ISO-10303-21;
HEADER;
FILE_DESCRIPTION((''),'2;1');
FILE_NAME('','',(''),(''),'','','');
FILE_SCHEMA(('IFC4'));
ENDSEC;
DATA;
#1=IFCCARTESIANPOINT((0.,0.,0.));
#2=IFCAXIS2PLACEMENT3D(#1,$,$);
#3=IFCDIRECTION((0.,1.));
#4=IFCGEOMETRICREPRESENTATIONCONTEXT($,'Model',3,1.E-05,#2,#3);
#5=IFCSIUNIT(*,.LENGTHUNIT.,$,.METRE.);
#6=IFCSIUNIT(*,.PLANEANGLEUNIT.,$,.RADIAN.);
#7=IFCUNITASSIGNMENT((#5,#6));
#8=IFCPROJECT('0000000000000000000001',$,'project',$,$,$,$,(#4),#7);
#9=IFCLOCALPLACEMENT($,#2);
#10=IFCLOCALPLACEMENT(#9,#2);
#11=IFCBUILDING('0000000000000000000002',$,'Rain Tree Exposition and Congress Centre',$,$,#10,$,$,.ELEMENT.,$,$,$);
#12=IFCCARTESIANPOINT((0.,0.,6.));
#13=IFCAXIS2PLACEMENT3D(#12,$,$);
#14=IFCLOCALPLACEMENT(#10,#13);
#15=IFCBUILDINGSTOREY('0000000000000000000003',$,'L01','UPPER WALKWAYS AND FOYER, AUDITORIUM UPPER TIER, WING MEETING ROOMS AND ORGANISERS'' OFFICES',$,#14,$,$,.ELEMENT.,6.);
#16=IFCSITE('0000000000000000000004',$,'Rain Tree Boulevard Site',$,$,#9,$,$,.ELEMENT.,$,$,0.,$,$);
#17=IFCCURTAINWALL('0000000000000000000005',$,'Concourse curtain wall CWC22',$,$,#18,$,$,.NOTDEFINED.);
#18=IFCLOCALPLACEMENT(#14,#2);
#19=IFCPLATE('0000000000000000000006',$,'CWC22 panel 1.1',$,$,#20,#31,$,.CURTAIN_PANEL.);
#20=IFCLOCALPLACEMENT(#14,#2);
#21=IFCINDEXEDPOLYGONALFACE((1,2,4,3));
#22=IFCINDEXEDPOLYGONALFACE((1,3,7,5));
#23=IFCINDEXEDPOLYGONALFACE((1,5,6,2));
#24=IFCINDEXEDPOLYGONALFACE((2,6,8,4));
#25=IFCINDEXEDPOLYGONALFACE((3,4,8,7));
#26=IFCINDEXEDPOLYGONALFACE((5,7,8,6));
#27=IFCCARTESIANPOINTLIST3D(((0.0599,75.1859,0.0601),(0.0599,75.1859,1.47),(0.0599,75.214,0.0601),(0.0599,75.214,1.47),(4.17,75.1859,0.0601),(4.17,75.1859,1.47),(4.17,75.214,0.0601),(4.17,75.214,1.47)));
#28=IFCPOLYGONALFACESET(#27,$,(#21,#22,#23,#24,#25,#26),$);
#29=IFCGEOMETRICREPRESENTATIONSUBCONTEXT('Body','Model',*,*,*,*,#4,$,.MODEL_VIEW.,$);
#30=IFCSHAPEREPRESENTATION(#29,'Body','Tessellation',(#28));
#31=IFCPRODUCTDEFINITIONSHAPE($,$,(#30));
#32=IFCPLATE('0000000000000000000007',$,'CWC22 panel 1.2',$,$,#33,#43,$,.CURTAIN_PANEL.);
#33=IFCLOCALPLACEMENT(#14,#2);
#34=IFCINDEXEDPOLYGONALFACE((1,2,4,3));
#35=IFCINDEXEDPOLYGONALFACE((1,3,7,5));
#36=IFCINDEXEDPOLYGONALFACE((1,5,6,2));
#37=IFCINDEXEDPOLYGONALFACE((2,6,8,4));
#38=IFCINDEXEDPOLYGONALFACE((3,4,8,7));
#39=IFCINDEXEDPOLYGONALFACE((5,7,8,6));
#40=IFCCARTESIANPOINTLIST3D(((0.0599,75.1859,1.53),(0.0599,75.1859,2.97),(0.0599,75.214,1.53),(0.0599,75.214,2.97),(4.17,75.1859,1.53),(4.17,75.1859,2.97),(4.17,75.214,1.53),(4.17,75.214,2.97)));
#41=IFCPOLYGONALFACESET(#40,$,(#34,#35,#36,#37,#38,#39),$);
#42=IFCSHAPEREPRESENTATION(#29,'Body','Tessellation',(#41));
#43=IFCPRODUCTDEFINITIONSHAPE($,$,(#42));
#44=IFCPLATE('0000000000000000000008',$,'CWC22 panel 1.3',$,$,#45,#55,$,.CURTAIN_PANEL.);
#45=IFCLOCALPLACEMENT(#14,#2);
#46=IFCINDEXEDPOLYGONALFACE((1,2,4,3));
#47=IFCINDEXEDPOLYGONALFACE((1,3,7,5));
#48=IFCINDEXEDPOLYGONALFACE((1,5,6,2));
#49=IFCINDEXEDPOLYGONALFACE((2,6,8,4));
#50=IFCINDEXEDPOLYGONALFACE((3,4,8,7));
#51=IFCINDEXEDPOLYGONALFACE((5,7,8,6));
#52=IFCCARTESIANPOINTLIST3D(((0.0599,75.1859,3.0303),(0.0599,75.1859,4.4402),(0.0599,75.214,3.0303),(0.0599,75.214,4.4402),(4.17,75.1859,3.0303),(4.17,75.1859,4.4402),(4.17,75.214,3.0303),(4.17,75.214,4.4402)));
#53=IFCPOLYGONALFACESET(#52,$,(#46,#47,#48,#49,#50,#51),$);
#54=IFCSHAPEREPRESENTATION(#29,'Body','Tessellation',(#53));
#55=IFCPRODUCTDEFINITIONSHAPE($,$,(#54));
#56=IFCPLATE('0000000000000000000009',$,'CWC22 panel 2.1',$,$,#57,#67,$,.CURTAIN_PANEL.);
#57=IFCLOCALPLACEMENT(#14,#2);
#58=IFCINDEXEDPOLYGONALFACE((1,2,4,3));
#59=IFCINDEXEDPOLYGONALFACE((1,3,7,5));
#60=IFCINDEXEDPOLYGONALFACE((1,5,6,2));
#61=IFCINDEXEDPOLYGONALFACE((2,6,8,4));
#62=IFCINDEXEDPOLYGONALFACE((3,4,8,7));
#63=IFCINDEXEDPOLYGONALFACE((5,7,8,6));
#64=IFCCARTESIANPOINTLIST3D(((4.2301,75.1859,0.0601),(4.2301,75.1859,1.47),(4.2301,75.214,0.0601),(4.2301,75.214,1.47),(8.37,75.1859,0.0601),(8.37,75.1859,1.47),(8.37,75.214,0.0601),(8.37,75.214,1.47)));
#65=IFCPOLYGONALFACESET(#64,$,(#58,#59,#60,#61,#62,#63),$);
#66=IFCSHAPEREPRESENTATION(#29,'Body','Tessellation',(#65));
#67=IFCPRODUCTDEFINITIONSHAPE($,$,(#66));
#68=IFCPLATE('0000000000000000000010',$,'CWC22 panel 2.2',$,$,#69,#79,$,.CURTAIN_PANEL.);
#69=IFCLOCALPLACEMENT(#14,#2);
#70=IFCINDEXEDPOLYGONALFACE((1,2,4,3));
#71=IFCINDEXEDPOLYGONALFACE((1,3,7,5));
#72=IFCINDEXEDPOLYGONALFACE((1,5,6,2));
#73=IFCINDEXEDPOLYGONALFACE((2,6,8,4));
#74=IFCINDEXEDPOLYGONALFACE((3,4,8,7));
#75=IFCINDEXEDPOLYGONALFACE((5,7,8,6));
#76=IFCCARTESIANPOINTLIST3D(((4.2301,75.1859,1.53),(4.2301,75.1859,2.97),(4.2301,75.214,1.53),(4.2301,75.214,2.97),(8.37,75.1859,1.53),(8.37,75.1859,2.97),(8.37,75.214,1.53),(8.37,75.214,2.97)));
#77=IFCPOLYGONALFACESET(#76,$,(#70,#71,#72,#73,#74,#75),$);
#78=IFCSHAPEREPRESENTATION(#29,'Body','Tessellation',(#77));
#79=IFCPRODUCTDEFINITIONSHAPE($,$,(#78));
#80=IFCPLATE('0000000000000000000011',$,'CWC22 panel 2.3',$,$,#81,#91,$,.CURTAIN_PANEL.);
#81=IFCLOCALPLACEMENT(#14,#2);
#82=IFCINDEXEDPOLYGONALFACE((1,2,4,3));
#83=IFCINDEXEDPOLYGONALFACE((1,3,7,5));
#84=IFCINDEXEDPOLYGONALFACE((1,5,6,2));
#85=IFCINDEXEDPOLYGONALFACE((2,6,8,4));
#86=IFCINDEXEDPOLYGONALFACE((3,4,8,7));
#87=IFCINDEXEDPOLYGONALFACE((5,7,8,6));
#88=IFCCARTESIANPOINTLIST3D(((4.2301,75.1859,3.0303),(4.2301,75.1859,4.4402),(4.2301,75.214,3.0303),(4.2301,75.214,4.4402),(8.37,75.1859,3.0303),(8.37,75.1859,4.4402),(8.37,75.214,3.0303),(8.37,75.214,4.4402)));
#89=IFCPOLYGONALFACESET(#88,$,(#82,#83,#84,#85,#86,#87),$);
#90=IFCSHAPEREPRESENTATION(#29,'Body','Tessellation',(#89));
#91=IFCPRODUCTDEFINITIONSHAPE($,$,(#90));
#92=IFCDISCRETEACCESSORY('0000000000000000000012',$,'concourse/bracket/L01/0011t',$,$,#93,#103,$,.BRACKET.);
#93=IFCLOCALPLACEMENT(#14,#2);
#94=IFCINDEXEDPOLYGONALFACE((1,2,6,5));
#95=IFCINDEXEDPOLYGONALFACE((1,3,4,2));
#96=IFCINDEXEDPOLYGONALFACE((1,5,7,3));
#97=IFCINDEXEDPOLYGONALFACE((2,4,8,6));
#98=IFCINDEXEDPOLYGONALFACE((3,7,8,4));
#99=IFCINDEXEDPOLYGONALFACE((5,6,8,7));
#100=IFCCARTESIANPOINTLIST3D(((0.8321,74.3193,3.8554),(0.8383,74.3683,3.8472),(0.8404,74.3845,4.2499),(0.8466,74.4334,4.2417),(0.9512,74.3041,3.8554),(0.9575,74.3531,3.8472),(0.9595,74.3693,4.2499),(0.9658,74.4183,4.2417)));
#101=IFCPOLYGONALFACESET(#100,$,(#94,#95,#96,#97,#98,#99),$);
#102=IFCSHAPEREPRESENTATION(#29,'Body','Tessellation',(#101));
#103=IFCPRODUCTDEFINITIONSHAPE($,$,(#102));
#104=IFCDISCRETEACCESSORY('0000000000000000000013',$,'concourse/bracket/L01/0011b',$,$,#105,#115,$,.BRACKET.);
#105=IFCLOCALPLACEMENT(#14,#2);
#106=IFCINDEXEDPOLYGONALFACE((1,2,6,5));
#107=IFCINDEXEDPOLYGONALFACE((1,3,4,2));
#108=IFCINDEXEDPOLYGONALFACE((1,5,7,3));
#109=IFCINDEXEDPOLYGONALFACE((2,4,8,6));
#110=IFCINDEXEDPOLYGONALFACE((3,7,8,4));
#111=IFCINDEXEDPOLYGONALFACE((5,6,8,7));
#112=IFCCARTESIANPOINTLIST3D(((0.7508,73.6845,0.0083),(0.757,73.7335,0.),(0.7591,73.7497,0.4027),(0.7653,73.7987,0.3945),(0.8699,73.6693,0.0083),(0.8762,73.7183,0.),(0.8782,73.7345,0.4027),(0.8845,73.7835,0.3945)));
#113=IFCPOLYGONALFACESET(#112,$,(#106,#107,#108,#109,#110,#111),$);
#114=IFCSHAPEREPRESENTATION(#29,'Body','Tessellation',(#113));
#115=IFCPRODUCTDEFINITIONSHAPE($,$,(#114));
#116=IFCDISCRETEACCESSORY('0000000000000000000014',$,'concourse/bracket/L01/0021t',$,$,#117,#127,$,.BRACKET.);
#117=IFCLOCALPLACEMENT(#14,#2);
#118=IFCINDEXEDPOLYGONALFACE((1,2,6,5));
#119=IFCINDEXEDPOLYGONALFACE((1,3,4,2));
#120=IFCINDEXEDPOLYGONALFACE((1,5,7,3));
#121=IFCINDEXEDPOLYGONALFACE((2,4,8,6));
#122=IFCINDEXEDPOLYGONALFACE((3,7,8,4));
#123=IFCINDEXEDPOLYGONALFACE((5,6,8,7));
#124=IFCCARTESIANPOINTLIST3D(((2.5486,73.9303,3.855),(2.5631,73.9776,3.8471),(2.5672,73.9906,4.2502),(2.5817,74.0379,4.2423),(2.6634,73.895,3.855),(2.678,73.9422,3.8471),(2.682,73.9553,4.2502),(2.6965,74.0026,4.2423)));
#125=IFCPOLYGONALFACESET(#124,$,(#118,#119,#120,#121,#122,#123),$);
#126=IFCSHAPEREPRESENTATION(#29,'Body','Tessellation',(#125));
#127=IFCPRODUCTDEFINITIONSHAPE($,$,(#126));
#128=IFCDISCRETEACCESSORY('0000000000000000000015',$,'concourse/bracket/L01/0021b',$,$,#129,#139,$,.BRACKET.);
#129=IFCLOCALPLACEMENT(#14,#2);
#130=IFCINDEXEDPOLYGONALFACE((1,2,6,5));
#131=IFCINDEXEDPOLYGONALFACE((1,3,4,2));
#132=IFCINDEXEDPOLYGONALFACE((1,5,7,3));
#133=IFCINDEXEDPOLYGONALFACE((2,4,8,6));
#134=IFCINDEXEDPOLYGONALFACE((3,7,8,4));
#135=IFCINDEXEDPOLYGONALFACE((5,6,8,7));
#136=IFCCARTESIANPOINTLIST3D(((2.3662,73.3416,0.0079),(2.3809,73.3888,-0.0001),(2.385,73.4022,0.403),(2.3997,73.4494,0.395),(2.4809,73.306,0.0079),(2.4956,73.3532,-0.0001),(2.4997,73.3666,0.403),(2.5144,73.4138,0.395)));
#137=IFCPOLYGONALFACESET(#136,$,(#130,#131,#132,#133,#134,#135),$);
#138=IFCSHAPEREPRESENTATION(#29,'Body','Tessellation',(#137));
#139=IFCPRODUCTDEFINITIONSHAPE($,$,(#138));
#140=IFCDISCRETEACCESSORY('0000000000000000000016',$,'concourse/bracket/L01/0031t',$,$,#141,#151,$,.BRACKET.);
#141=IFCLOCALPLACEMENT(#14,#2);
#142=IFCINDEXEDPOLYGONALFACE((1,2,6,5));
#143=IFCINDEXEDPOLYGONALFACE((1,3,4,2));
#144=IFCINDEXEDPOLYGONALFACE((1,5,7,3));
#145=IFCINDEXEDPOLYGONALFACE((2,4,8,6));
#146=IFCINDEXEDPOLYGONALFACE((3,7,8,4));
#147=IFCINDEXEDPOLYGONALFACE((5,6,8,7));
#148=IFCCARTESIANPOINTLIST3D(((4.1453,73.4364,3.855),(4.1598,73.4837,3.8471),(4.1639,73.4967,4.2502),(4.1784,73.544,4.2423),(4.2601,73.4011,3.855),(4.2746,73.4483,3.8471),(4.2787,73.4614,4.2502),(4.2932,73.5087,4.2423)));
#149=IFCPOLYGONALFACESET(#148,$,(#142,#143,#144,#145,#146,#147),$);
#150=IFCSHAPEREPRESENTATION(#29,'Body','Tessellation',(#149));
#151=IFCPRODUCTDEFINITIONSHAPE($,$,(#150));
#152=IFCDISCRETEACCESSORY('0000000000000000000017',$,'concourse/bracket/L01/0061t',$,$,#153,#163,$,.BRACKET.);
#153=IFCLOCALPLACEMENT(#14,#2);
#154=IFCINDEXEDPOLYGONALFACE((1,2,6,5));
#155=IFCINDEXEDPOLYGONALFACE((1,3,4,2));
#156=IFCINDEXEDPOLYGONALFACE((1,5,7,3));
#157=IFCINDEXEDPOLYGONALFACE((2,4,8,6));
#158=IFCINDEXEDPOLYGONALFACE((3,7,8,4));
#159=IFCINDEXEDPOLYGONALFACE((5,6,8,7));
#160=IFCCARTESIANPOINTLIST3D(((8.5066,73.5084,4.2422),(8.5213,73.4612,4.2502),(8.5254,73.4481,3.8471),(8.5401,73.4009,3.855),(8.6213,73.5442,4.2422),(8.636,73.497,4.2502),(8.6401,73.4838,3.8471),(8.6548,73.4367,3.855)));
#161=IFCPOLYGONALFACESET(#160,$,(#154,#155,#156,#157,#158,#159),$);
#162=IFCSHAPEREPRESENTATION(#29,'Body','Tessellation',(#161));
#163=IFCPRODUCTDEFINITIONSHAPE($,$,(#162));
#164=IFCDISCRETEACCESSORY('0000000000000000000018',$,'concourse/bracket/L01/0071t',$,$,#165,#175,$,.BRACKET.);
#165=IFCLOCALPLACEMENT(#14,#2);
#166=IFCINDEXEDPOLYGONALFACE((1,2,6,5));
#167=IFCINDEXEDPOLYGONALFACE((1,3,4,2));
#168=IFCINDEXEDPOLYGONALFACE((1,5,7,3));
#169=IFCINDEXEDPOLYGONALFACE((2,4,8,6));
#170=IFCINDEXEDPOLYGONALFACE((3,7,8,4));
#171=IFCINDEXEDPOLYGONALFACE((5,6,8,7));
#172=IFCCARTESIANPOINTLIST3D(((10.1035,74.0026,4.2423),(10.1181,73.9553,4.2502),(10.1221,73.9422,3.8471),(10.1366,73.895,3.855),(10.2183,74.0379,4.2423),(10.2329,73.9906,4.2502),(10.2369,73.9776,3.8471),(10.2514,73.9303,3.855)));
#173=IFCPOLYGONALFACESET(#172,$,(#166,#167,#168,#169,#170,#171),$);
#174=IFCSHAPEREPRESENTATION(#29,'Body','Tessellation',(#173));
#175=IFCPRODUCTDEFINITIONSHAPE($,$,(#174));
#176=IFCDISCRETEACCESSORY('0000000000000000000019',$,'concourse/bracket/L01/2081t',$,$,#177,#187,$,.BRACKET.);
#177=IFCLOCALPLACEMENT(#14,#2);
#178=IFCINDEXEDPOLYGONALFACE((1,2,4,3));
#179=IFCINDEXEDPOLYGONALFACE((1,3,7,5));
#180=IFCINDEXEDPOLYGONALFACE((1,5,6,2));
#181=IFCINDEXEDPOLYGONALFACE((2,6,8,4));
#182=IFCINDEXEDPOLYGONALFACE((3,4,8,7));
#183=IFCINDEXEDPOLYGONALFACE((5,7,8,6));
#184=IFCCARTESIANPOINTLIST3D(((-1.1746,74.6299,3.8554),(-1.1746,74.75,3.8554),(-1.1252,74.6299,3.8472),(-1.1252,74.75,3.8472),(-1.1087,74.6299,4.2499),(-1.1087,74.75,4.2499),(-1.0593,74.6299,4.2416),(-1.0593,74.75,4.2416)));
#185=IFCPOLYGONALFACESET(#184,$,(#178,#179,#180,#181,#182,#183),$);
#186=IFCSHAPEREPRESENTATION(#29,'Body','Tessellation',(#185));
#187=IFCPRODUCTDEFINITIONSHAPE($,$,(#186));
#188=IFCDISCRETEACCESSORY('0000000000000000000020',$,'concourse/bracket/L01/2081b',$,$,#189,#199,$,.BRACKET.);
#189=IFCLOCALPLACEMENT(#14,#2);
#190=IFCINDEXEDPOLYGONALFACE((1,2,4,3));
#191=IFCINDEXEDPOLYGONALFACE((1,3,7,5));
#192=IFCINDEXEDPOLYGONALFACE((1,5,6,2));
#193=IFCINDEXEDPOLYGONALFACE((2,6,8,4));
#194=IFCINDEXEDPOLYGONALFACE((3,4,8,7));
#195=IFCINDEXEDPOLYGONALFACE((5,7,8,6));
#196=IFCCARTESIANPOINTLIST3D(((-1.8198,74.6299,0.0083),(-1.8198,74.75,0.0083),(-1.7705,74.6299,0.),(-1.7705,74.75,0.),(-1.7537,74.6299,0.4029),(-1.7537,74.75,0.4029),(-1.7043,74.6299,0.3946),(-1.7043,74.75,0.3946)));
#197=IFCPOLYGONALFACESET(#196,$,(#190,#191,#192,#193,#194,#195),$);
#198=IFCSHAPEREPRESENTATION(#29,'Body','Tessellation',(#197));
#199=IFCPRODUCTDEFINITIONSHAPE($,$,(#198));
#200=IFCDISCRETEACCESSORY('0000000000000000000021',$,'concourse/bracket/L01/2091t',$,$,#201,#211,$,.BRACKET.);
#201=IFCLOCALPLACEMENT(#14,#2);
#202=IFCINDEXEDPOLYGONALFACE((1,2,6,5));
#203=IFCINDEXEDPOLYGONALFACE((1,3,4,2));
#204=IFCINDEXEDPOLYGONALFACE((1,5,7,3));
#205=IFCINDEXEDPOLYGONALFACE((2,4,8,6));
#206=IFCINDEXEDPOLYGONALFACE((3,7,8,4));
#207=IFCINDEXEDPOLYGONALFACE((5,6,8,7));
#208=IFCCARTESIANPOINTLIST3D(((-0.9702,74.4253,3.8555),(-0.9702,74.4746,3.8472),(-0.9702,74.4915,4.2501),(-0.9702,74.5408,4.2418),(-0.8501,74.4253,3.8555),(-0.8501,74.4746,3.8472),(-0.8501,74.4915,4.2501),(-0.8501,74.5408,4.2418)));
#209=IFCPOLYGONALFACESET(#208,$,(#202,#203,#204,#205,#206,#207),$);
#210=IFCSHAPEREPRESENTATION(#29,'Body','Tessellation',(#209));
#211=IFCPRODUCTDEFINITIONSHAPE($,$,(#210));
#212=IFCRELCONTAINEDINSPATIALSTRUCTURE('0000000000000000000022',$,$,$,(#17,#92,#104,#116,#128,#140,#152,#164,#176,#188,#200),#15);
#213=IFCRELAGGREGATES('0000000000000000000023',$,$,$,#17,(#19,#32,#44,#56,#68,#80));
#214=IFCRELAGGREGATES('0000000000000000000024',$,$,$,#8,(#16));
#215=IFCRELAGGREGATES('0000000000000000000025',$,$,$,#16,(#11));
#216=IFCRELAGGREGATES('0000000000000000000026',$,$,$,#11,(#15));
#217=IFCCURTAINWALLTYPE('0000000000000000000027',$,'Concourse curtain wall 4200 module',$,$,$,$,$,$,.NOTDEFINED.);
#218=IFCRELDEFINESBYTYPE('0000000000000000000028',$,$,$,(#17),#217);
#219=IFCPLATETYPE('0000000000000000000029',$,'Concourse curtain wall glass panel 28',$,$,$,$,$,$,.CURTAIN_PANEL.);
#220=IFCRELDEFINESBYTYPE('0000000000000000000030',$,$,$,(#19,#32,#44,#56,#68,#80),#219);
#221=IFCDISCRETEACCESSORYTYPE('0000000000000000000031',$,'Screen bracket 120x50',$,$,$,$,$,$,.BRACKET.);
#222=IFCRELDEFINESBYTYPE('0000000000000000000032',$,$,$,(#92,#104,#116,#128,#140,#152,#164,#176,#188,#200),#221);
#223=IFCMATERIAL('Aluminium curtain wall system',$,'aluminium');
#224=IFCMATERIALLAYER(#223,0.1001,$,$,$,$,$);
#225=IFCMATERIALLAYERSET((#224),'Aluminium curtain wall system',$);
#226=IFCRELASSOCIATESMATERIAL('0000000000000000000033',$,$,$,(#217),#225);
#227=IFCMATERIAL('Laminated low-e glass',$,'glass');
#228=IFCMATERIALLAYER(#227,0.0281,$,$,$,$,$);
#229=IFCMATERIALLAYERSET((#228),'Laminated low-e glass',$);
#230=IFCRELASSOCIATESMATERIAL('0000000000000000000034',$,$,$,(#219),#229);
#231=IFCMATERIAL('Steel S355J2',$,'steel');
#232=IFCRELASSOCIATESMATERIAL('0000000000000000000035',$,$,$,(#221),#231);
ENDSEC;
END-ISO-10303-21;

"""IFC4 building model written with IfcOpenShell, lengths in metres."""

from ifc_helpers import new_model, si_unit, direction, frame, origin, origin_2d, place, context, subcontext, project, spatial, rectangle, extrude, material, layer, layer_set, material_profile, profile_set, type_object, element, aggregate, save


model = new_model("IFC4")

# Units and contexts
model_context = context("Model", 3, precision=1e-05, world=origin(), true_north=direction((0.0, 1.0)))
body_context = subcontext(model_context, "Body", "Model", "MODEL_VIEW")
ifc_project = project(units=[si_unit("LENGTHUNIT", "METRE"), si_unit("PLANEANGLEUNIT", "RADIAN")], contexts=[model_context])

# Site, building, storey
site_placement = place(None, origin())
site = spatial("IfcSite", under=ifc_project, at=site_placement, Name="Rain Tree Boulevard Site", CompositionType="ELEMENT", RefElevation=0.0)
building_placement = place(site_placement, origin())
building = spatial("IfcBuilding", under=site, at=building_placement, Name="Rain Tree Exposition and Congress Centre", CompositionType="ELEMENT")
storey_placement = place(building_placement, frame((0.0, 0.0, 6.0)))
storey = spatial("IfcBuildingStorey", under=building, at=storey_placement, Name="L01", Description="UPPER WALKWAYS AND FOYER, AUDITORIUM UPPER TIER, WING MEETING ROOMS AND ORGANISERS' OFFICES", CompositionType="ELEMENT", Elevation=6.0)

# Curtain wall, plates
ifc_material_1 = material(Name="Aluminium curtain wall system", Category="aluminium")
ifc_layer_1 = layer(ifc_material_1, 0.1001)
ifc_layer_set_1 = layer_set([ifc_layer_1], Name="Aluminium curtain wall system")
curtain_wall_type = type_object("IfcCurtainWallType", Name="Concourse curtain wall 4200 module", PredefinedType="NOTDEFINED", material=ifc_layer_set_1)
curtain_wall_placement = place(storey_placement, origin())
curtain_wall = element("IfcCurtainWall", 1, at=curtain_wall_placement, inside=storey, type_object=curtain_wall_type, Name="Concourse curtain wall CWC22", PredefinedType="NOTDEFINED")
ifc_material_2 = material(Name="Laminated low-e glass", Category="glass")
ifc_layer_2 = layer(ifc_material_2, 0.0281)
ifc_layer_set_2 = layer_set([ifc_layer_2], Name="Laminated low-e glass")
plate_type = type_object("IfcPlateType", Name="Concourse curtain wall glass panel 28", PredefinedType="CURTAIN_PANEL", material=ifc_layer_set_2)
plate_1_placement = place(storey_placement, frame((2.115, 75.2, 0.0601), z_axis=(0.0, 0.0, 1.0), x_axis=(1.0, 0.0, 0.0)))
plate_1 = element("IfcPlate", 2, at=plate_1_placement, type_object=plate_type, Name="CWC22 panel 1.1", PredefinedType="CURTAIN_PANEL", context=body_context, shape_type="SweptSolid", body=[
    extrude(rectangle(XDim=4.1101, YDim=0.0281, at=origin_2d()), origin(), (0.0, 0.0, 1.0), 1.4099),
])
plate_2_placement = place(storey_placement, frame((2.115, 75.2, 1.53), z_axis=(0.0, 0.0, 1.0), x_axis=(1.0, 0.0, 0.0)))
plate_2 = element("IfcPlate", 3, at=plate_2_placement, type_object=plate_type, Name="CWC22 panel 1.2", PredefinedType="CURTAIN_PANEL", context=body_context, shape_type="SweptSolid", body=[
    extrude(rectangle(XDim=4.1101, YDim=0.0281, at=origin_2d()), origin(), (0.0, 0.0, 1.0), 1.4399),
])
plate_3_placement = place(storey_placement, frame((2.115, 75.2, 3.0303), z_axis=(0.0, 0.0, 1.0), x_axis=(1.0, 0.0, 0.0)))
plate_3 = element("IfcPlate", 4, at=plate_3_placement, type_object=plate_type, Name="CWC22 panel 1.3", PredefinedType="CURTAIN_PANEL", context=body_context, shape_type="SweptSolid", body=[
    extrude(rectangle(XDim=4.1101, YDim=0.0281, at=origin_2d()), origin(), (0.0, 0.0, 1.0), 1.4099),
])
plate_4_placement = place(storey_placement, frame((6.3, 75.2, 0.0601), z_axis=(0.0, 0.0, 1.0), x_axis=(1.0, 0.0, 0.0)))
plate_4 = element("IfcPlate", 5, at=plate_4_placement, type_object=plate_type, Name="CWC22 panel 2.1", PredefinedType="CURTAIN_PANEL", context=body_context, shape_type="SweptSolid", body=[
    extrude(rectangle(XDim=4.1399, YDim=0.0281, at=origin_2d()), origin(), (0.0, 0.0, 1.0), 1.4099),
])
plate_5_placement = place(storey_placement, frame((6.3, 75.2, 1.53), z_axis=(0.0, 0.0, 1.0), x_axis=(1.0, 0.0, 0.0)))
plate_5 = element("IfcPlate", 6, at=plate_5_placement, type_object=plate_type, Name="CWC22 panel 2.2", PredefinedType="CURTAIN_PANEL", context=body_context, shape_type="SweptSolid", body=[
    extrude(rectangle(XDim=4.1399, YDim=0.0281, at=origin_2d()), origin(), (0.0, 0.0, 1.0), 1.4399),
])
plate_6_placement = place(storey_placement, frame((6.3, 75.2, 3.0303), z_axis=(0.0, 0.0, 1.0), x_axis=(1.0, 0.0, 0.0)))
plate_6 = element("IfcPlate", 7, at=plate_6_placement, type_object=plate_type, Name="CWC22 panel 2.3", PredefinedType="CURTAIN_PANEL", context=body_context, shape_type="SweptSolid", body=[
    extrude(rectangle(XDim=4.1399, YDim=0.0281, at=origin_2d()), origin(), (0.0, 0.0, 1.0), 1.4099),
])
aggregate(curtain_wall, [plate_1, plate_2, plate_3, plate_4, plate_5, plate_6])

# Discrete accessories
ifc_material_3 = material(Name="Steel S355J2", Category="steel")
ifc_material_profile_1 = material_profile(ifc_material_3, rectangle(XDim=0.1201, YDim=0.05, at=origin_2d()), Name="Flat bar 120x50")
ifc_profile_set_1 = profile_set([ifc_material_profile_1], Name="Steel S355J2")
discrete_accessory_type = type_object("IfcDiscreteAccessoryType", Name="Screen bracket 120x50", PredefinedType="BRACKET", material=ifc_profile_set_1)
for number, where, z_axis, x_axis, name in (
    (8, (0.8948, 74.3362, 3.8513), (0.020754, 0.162978, 0.986411), (-0.991989, 0.126321, 0.0), "concourse/bracket/L01/0011t"),
    (9, (0.8135, 73.7014, 0.0042), (0.020754, 0.162978, 0.986411), (-0.991989, 0.126321, 0.0), "concourse/bracket/L01/0011b"),
):
    element("IfcDiscreteAccessory", number, at=place(storey_placement, frame(where, z_axis=z_axis, x_axis=x_axis)), inside=storey, type_object=discrete_accessory_type, Name=name, PredefinedType="BRACKET", context=body_context, shape_type="SweptSolid", body=[
        extrude(rectangle(XDim=0.1201, YDim=0.05, at=origin_2d()), origin(), (0.0, 0.0, 1.0), 0.3999),
    ])
for number, where, z_axis, x_axis, name in (
    (10, (2.6133, 73.9363, 3.8511), (0.046384, 0.150747, 0.987484), (-0.955779, 0.294086, 0.0), "concourse/bracket/L01/0021t"),
    (11, (2.4309, 73.3474, 0.0039), (0.046988, 0.151339, 0.987364), (-0.955027, 0.29652, 0.0), "concourse/bracket/L01/0021b"),
    (12, (4.21, 73.4424, 3.8511), (0.046384, 0.150747, 0.987484), (-0.955779, 0.294086, 0.0), "concourse/bracket/L01/0031t"),
    (13, (8.5901, 73.4424, 3.8511), (-0.046993, 0.150743, 0.987456), (-0.954686, -0.297615, 0.0), "concourse/bracket/L01/0061t"),
    (14, (10.1868, 73.9363, 3.8511), (-0.046384, 0.150747, 0.987484), (-0.955779, -0.294086, 0.0), "concourse/bracket/L01/0071t"),
):
    element("IfcDiscreteAccessory", number, at=place(storey_placement, frame(where, z_axis=z_axis, x_axis=x_axis)), inside=storey, type_object=discrete_accessory_type, Name=name, PredefinedType="BRACKET", context=body_context, shape_type="SweptSolid", body=[
        extrude(rectangle(XDim=0.1201, YDim=0.05, at=origin_2d()), origin(), (0.0, 0.0, 1.0), 0.4001),
    ])
discrete_accessory_placement = place(storey_placement, frame((-1.1499, 74.6899, 3.8513), z_axis=(0.164795, 0.0, 0.986328), x_axis=(0.0, 1.0, 0.0)))
element("IfcDiscreteAccessory", 15, at=discrete_accessory_placement, inside=storey, type_object=discrete_accessory_type, Name="concourse/bracket/L01/2081t", PredefinedType="BRACKET", context=body_context, shape_type="SweptSolid", body=[
    extrude(rectangle(XDim=0.1201, YDim=0.05, at=origin_2d()), origin(), (0.0, 0.0, 1.0), 0.3999),
])
for number, where, z_axis, x_axis, name in (
    (16, (-1.7952, 74.6899, 0.0042), (0.165389, 0.0, 0.986228), (0.0, 1.0, 0.0), "concourse/bracket/L01/2081b"),
    (17, (-0.9102, 74.45, 3.8513), (0.0, 0.165389, 0.986228), (-1.0, 0.0, 0.0), "concourse/bracket/L01/2091t"),
):
    element("IfcDiscreteAccessory", number, at=place(storey_placement, frame(where, z_axis=z_axis, x_axis=x_axis)), inside=storey, type_object=discrete_accessory_type, Name=name, PredefinedType="BRACKET", context=body_context, shape_type="SweptSolid", body=[
        extrude(rectangle(XDim=0.1201, YDim=0.05, at=origin_2d()), origin(), (0.0, 0.0, 1.0), 0.4001),
    ])

save(model, "model.ifc")
